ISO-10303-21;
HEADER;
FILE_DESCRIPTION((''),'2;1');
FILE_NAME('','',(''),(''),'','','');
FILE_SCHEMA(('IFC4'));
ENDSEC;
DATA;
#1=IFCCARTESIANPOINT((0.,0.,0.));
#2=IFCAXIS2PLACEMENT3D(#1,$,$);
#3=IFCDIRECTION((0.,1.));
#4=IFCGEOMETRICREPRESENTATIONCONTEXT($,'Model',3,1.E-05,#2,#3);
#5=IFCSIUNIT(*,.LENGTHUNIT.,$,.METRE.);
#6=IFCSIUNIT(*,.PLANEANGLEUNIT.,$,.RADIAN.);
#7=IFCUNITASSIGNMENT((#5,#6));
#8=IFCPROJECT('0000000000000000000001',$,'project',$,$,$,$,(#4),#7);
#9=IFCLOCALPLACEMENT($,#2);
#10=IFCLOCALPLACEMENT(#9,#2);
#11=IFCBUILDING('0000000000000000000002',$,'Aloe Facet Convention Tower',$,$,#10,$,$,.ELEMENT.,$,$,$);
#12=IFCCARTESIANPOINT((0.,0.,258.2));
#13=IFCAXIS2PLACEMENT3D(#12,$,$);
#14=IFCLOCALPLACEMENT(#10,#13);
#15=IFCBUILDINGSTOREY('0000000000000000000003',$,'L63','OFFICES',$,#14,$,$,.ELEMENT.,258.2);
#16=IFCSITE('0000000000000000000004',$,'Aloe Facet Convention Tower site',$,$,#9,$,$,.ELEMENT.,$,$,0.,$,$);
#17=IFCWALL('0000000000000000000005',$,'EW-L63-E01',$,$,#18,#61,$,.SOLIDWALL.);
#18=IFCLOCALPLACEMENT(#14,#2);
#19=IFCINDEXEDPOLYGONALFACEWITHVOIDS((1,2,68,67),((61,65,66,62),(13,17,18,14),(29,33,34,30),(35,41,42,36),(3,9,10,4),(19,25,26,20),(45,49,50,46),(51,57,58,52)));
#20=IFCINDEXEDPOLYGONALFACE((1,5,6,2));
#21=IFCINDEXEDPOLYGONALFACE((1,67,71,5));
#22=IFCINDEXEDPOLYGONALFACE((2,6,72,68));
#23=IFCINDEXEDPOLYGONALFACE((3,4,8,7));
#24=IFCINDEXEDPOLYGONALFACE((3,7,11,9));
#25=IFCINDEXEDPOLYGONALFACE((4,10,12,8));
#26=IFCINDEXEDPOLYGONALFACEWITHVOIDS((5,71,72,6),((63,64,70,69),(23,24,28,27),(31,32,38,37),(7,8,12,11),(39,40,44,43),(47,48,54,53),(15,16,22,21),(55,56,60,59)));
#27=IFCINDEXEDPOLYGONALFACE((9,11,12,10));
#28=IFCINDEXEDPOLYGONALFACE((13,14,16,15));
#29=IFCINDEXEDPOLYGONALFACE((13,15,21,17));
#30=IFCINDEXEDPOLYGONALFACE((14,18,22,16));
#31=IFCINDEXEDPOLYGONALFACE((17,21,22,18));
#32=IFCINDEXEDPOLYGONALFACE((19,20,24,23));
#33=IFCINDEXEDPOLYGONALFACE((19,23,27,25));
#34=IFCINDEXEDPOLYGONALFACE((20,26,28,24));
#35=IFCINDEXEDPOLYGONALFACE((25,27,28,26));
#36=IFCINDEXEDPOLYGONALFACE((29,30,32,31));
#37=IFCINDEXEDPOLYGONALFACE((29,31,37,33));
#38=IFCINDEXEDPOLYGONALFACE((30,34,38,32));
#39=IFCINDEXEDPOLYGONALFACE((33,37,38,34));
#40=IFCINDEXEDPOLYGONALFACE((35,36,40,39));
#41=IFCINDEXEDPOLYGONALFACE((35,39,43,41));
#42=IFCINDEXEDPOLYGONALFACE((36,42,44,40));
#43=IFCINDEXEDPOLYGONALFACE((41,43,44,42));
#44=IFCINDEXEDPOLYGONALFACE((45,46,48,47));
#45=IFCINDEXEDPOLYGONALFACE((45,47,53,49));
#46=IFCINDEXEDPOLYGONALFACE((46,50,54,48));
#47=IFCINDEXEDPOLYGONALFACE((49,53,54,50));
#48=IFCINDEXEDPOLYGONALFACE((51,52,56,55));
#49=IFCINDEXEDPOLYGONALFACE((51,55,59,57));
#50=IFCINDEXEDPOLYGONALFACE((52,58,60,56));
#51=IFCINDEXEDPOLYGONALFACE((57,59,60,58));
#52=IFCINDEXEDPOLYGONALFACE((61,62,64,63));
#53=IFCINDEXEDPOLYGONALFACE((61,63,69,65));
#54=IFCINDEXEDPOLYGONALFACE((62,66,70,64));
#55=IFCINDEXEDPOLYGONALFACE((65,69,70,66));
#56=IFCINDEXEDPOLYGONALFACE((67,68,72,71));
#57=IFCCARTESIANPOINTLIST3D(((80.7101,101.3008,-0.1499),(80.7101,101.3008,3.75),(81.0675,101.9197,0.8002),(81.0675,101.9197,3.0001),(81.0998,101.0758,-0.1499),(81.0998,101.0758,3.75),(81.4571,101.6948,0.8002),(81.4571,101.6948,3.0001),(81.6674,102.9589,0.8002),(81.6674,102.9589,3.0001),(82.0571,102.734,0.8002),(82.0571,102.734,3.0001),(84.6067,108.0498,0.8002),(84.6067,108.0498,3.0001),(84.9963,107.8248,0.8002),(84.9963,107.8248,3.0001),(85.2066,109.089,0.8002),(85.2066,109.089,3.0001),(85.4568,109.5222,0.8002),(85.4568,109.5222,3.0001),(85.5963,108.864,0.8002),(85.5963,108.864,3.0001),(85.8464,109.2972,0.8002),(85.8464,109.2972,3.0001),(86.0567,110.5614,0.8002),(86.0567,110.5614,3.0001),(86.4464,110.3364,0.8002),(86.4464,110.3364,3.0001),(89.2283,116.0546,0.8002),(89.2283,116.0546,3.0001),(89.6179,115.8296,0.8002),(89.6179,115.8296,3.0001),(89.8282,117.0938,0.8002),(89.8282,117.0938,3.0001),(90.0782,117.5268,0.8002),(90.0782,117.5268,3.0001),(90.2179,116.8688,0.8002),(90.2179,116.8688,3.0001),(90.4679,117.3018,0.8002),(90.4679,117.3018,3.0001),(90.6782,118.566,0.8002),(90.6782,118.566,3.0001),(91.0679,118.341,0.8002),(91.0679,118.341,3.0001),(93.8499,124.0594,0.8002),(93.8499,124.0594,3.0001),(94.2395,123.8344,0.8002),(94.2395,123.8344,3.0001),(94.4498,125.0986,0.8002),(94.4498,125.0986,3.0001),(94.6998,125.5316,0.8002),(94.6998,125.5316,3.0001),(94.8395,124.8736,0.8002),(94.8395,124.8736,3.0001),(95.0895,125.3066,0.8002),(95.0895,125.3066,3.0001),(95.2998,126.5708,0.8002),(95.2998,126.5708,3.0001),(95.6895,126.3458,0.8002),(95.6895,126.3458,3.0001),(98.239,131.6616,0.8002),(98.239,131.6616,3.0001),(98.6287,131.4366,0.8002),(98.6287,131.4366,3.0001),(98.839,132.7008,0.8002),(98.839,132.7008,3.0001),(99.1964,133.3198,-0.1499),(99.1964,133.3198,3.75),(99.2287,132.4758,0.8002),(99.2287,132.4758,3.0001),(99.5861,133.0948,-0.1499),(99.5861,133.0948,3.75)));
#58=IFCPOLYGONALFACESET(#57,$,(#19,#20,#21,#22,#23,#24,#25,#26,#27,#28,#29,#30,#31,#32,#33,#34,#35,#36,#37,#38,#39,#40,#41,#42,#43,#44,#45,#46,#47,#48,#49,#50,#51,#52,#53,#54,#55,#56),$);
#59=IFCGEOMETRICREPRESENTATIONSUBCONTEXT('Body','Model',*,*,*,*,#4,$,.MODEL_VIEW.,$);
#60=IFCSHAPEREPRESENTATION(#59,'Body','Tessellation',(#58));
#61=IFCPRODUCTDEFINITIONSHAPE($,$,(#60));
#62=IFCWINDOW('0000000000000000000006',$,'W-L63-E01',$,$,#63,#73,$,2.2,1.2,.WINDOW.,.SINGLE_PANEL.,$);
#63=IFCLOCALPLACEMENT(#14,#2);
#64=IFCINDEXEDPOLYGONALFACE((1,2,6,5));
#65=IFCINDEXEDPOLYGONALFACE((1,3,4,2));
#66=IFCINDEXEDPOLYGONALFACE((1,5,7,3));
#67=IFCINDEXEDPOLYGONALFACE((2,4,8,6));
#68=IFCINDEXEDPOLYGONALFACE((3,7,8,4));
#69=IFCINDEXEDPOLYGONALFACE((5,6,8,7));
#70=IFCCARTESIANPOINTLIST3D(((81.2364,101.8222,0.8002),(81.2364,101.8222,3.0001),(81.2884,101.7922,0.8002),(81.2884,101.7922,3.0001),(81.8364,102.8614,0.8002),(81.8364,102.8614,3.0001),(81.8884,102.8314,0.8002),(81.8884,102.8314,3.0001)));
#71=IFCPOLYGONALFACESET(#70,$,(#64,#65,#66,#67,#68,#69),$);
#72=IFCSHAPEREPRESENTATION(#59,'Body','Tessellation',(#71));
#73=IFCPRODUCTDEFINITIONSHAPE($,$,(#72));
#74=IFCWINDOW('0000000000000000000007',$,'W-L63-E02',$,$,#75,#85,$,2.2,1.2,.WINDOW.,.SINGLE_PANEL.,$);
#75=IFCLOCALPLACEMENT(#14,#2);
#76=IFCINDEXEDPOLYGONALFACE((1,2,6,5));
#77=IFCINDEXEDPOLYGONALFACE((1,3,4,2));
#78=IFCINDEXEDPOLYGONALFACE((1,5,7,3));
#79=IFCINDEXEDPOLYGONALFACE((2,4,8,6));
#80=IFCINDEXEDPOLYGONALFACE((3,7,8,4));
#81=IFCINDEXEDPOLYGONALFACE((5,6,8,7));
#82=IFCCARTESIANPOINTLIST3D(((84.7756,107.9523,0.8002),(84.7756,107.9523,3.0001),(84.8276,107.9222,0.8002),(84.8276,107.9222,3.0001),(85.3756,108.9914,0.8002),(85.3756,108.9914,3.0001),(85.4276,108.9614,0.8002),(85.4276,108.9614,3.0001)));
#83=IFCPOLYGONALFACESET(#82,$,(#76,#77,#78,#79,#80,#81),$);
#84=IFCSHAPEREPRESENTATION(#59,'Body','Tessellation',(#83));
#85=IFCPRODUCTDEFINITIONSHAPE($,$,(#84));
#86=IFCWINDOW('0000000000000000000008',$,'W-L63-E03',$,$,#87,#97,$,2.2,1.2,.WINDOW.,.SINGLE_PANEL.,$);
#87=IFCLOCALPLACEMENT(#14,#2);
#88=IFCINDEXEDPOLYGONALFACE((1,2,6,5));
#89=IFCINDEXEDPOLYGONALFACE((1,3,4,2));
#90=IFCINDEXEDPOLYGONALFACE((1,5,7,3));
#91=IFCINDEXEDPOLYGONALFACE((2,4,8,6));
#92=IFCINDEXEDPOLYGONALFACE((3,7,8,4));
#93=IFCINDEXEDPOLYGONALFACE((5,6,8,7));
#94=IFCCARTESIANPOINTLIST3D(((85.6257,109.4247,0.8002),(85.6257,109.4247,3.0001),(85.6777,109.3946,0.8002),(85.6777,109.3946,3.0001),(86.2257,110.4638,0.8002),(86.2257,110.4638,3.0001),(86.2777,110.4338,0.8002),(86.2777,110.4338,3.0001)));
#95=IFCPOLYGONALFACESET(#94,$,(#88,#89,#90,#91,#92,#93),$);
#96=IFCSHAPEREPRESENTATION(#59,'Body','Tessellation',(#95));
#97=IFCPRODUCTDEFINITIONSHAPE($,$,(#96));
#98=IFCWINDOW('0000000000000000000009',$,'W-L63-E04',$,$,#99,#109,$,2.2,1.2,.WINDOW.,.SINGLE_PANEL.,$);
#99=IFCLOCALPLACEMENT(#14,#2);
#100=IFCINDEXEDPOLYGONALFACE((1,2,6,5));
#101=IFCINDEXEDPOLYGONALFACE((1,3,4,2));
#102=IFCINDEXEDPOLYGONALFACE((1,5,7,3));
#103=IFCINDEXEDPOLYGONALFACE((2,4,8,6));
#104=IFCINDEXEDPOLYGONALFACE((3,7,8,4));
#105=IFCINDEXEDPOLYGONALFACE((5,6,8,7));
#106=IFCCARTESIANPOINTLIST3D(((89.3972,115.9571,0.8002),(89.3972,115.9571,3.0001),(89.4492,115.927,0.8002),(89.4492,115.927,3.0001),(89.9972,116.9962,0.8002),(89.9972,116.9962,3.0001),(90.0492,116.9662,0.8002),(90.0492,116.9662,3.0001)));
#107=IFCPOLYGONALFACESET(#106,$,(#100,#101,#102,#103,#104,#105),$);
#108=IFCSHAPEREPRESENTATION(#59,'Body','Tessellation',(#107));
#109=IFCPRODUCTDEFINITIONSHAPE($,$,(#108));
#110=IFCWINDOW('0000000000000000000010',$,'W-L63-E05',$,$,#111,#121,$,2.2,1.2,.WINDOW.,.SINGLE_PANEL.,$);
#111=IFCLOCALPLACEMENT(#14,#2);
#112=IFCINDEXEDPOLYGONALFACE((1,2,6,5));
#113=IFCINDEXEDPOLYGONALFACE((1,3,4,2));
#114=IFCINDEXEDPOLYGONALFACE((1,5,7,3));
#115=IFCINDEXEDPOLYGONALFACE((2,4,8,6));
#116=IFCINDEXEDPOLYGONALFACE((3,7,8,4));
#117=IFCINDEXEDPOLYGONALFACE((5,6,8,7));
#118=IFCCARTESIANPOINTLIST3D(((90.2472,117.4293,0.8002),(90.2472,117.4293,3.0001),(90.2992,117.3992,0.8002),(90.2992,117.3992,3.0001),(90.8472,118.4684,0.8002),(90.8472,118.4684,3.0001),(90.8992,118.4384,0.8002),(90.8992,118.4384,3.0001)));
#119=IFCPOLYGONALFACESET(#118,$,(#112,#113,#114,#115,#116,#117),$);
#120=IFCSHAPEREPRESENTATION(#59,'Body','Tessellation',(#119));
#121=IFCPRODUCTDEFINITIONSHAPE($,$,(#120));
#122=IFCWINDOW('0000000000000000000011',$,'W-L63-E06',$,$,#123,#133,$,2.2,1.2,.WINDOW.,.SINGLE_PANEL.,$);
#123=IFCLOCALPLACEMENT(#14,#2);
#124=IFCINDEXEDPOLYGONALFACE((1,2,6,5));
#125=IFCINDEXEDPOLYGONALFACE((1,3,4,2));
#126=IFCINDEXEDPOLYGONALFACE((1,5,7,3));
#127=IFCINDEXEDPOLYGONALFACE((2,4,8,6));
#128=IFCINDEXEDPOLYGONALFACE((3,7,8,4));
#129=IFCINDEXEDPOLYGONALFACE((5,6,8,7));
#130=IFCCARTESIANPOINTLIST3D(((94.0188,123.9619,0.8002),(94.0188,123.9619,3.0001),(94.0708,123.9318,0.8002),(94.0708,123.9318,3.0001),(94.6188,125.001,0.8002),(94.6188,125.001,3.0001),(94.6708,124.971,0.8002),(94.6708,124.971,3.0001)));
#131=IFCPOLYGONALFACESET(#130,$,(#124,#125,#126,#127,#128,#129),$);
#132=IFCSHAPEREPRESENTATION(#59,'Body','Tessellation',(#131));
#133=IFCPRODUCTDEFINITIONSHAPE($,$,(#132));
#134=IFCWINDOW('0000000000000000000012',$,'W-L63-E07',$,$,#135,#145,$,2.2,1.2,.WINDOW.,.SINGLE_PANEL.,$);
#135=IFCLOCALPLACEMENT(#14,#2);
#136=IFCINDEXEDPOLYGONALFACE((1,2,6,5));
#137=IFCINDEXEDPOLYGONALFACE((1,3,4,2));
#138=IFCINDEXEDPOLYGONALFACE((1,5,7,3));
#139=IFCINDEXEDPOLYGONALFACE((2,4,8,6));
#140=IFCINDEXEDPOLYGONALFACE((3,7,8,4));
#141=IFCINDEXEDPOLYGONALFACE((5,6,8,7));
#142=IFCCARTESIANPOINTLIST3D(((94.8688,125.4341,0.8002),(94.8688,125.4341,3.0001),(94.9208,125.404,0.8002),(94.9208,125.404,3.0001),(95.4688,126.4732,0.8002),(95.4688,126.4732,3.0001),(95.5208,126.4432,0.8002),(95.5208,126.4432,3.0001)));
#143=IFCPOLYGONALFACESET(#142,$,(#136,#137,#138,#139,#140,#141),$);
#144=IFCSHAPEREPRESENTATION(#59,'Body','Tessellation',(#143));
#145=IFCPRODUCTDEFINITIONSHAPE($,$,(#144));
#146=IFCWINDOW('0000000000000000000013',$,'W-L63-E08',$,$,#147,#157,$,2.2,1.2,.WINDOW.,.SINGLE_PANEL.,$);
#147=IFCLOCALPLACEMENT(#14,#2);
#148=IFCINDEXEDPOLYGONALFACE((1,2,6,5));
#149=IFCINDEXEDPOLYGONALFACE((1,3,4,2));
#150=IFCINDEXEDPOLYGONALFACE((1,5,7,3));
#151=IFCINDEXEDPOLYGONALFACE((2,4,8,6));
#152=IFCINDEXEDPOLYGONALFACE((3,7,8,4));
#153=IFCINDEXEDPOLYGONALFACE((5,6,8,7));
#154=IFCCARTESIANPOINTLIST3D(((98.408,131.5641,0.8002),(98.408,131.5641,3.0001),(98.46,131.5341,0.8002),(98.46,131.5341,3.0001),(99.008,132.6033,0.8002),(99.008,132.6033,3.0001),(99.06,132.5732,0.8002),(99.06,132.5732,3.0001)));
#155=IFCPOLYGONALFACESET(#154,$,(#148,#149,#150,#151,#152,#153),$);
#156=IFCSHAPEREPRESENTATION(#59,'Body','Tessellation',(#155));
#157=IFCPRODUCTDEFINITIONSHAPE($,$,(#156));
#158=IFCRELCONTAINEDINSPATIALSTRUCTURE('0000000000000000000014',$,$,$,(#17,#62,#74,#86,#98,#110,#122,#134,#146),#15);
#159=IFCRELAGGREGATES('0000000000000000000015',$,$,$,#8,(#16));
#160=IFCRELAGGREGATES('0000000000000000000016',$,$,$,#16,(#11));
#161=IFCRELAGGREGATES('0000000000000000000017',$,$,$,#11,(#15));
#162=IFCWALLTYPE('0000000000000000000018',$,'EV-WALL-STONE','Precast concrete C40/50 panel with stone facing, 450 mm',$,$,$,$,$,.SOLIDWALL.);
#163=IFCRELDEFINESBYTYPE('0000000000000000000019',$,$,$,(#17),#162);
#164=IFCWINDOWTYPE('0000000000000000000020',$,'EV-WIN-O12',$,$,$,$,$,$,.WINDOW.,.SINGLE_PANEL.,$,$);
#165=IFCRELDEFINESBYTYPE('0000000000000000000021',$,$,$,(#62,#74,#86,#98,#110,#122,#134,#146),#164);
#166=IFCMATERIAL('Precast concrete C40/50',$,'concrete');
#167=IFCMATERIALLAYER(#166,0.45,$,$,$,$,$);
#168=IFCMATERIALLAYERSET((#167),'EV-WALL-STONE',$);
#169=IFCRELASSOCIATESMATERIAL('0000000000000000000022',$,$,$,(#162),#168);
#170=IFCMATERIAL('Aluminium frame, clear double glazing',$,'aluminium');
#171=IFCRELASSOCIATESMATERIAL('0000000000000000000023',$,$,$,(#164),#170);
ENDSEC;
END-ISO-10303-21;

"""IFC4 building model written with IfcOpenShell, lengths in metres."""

from ifc_helpers import new_model, si_unit, direction, frame, frame_2d, origin, place, context, subcontext, project, spatial, polyline, rectangle, outline, extrude, material, layer, layer_set, type_object, element, fill, save


model = new_model("IFC4")

# Units and contexts
model_context = context("Model", 3, precision=1e-05, world=origin(), true_north=direction((0.0, 1.0)))
body_context = subcontext(model_context, "Body", "Model", "MODEL_VIEW")
ifc_project = project(units=[si_unit("LENGTHUNIT", "METRE"), si_unit("PLANEANGLEUNIT", "RADIAN")], contexts=[model_context])

# Site, building, storey
site_placement = place(None, origin())
site = spatial("IfcSite", under=ifc_project, at=site_placement, Name="Aloe Facet Convention Tower site", CompositionType="ELEMENT", RefElevation=0.0)
building_placement = place(site_placement, origin())
building = spatial("IfcBuilding", under=site, at=building_placement, Name="Aloe Facet Convention Tower", CompositionType="ELEMENT")
storey_placement = place(building_placement, frame((0.0, 0.0, 258.2)))
storey = spatial("IfcBuildingStorey", under=building, at=storey_placement, Name="L63", Description="OFFICES", CompositionType="ELEMENT", Elevation=258.2)

# Wall, openings, windows
ifc_material_1 = material(Name="Precast concrete C40/50", Category="concrete")
ifc_layer_1 = layer(ifc_material_1, 0.45)
ifc_layer_set_1 = layer_set([ifc_layer_1], Name="EV-WALL-STONE")
wall_type_1 = type_object("IfcWallType", Name="EV-WALL-STONE", Description="Precast concrete C40/50 panel with stone facing, 450 mm", PredefinedType="SOLIDWALL", material=ifc_layer_set_1)
wall_1_placement = place(storey_placement, frame((80.905, 101.1882, -0.1499), z_axis=(0.0, 0.0, 1.0), x_axis=(0.500003, 0.866024, 0.0)))
wall_1 = element("IfcWall", 1, at=wall_1_placement, inside=storey, type_object=wall_type_1, Name="EW-L63-E01", PredefinedType="SOLIDWALL", context=body_context, shape_type="SweptSolid", body=[
    extrude(outline(polyline([(36.9724, 0.0), (36.9724, 3.8999), (0.0, 3.8999), (0.0, 0.0), (36.9724, 0.0)])), frame((0.0, 0.2251, 0.0), z_axis=(0.0, -1.0, 0.0), x_axis=(1.0, 0.0, 0.0)), (0.0, 0.0, 1.0), 0.45),
])
opening_1_placement = place(wall_1_placement, frame((0.7146, 0.0, 0.95)))
opening_1 = element("IfcOpeningElement", 2, at=opening_1_placement, cuts=wall_1, PredefinedType="OPENING", context=body_context, shape_type="SweptSolid", body=[
    extrude(rectangle(XDim=1.2, YDim=2.2, at=frame_2d((0.6001, 1.1001))), frame((0.0, 0.2349, 0.0), z_axis=(0.0, -1.0, 0.0), x_axis=(1.0, 0.0, 0.0)), (0.0, 0.0, 1.0), 0.47),
])
opening_2_placement = place(wall_1_placement, frame((7.793, 0.0, 0.95)))
opening_2 = element("IfcOpeningElement", 3, at=opening_2_placement, cuts=wall_1, PredefinedType="OPENING", context=body_context, shape_type="SweptSolid", body=[
    extrude(rectangle(XDim=1.2, YDim=2.2, at=frame_2d((0.6001, 1.1001))), frame((0.0, 0.2349, 0.0), z_axis=(0.0, -1.0, 0.0), x_axis=(1.0, 0.0, 0.0)), (0.0, 0.0, 1.0), 0.47),
])
opening_3_placement = place(wall_1_placement, frame((9.4932, 0.0, 0.95)))
opening_3 = element("IfcOpeningElement", 4, at=opening_3_placement, cuts=wall_1, PredefinedType="OPENING", context=body_context, shape_type="SweptSolid", body=[
    extrude(rectangle(XDim=1.2, YDim=2.2, at=frame_2d((0.6001, 1.1001))), frame((0.0, 0.2349, 0.0), z_axis=(0.0, -1.0, 0.0), x_axis=(1.0, 0.0, 0.0)), (0.0, 0.0, 1.0), 0.47),
])
opening_4_placement = place(wall_1_placement, frame((17.0361, 0.0, 0.95)))
opening_4 = element("IfcOpeningElement", 5, at=opening_4_placement, cuts=wall_1, PredefinedType="OPENING", context=body_context, shape_type="SweptSolid", body=[
    extrude(rectangle(XDim=1.2, YDim=2.2, at=frame_2d((0.6001, 1.1001))), frame((0.0, 0.2349, 0.0), z_axis=(0.0, -1.0, 0.0), x_axis=(1.0, 0.0, 0.0)), (0.0, 0.0, 1.0), 0.47),
])
opening_5_placement = place(wall_1_placement, frame((18.7361, 0.0, 0.95)))
opening_5 = element("IfcOpeningElement", 6, at=opening_5_placement, cuts=wall_1, PredefinedType="OPENING", context=body_context, shape_type="SweptSolid", body=[
    extrude(rectangle(XDim=1.2, YDim=2.2, at=frame_2d((0.6001, 1.1001))), frame((0.0, 0.2349, 0.0), z_axis=(0.0, -1.0, 0.0), x_axis=(1.0, 0.0, 0.0)), (0.0, 0.0, 1.0), 0.47),
])
opening_6_placement = place(wall_1_placement, frame((26.2793, 0.0, 0.95)))
opening_6 = element("IfcOpeningElement", 7, at=opening_6_placement, cuts=wall_1, PredefinedType="OPENING", context=body_context, shape_type="SweptSolid", body=[
    extrude(rectangle(XDim=1.2, YDim=2.2, at=frame_2d((0.6001, 1.1001))), frame((0.0, 0.2349, 0.0), z_axis=(0.0, -1.0, 0.0), x_axis=(1.0, 0.0, 0.0)), (0.0, 0.0, 1.0), 0.47),
])
opening_7_placement = place(wall_1_placement, frame((27.9792, 0.0, 0.95)))
opening_7 = element("IfcOpeningElement", 8, at=opening_7_placement, cuts=wall_1, PredefinedType="OPENING", context=body_context, shape_type="SweptSolid", body=[
    extrude(rectangle(XDim=1.2, YDim=2.2, at=frame_2d((0.6001, 1.1001))), frame((0.0, 0.2349, 0.0), z_axis=(0.0, -1.0, 0.0), x_axis=(1.0, 0.0, 0.0)), (0.0, 0.0, 1.0), 0.47),
])
opening_8_placement = place(wall_1_placement, frame((35.0576, 0.0, 0.95)))
opening_8 = element("IfcOpeningElement", 9, at=opening_8_placement, cuts=wall_1, PredefinedType="OPENING", context=body_context, shape_type="SweptSolid", body=[
    extrude(rectangle(XDim=1.2, YDim=2.2, at=frame_2d((0.6001, 1.1001))), frame((0.0, 0.2349, 0.0), z_axis=(0.0, -1.0, 0.0), x_axis=(1.0, 0.0, 0.0)), (0.0, 0.0, 1.0), 0.47),
])
ifc_material_2 = material(Name="Aluminium frame, clear double glazing", Category="aluminium")
window_type = type_object("IfcWindowType", Name="EV-WIN-O12", PartitioningType="SINGLE_PANEL", PredefinedType="WINDOW", material=ifc_material_2)
window_1_placement = place(opening_1_placement, origin())
window_1 = element("IfcWindow", 10, at=window_1_placement, inside=storey, type_object=window_type, Name="W-L63-E01", OverallHeight=2.2, OverallWidth=1.2, PartitioningType="SINGLE_PANEL", PredefinedType="WINDOW", context=body_context, shape_type="SweptSolid", body=[
    extrude(rectangle(XDim=1.2, YDim=2.2, at=frame_2d((0.6001, 1.1001))), frame((0.0, 0.03, 0.0), z_axis=(0.0, -1.0, 0.0), x_axis=(1.0, 0.0, 0.0)), (0.0, 0.0, 1.0), 0.0601),
])
fill(opening_1, window_1)
window_2_placement = place(opening_2_placement, origin())
window_2 = element("IfcWindow", 11, at=window_2_placement, inside=storey, type_object=window_type, Name="W-L63-E02", OverallHeight=2.2, OverallWidth=1.2, PartitioningType="SINGLE_PANEL", PredefinedType="WINDOW", context=body_context, shape_type="SweptSolid", body=[
    extrude(rectangle(XDim=1.2, YDim=2.2, at=frame_2d((0.6001, 1.1001))), frame((0.0, 0.03, 0.0), z_axis=(0.0, -1.0, 0.0), x_axis=(1.0, 0.0, 0.0)), (0.0, 0.0, 1.0), 0.0601),
])
fill(opening_2, window_2)
window_3_placement = place(opening_3_placement, origin())
window_3 = element("IfcWindow", 12, at=window_3_placement, inside=storey, type_object=window_type, Name="W-L63-E03", OverallHeight=2.2, OverallWidth=1.2, PartitioningType="SINGLE_PANEL", PredefinedType="WINDOW", context=body_context, shape_type="SweptSolid", body=[
    extrude(rectangle(XDim=1.2, YDim=2.2, at=frame_2d((0.6001, 1.1001))), frame((0.0, 0.03, 0.0), z_axis=(0.0, -1.0, 0.0), x_axis=(1.0, 0.0, 0.0)), (0.0, 0.0, 1.0), 0.0601),
])
fill(opening_3, window_3)
window_4_placement = place(opening_4_placement, origin())
window_4 = element("IfcWindow", 13, at=window_4_placement, inside=storey, type_object=window_type, Name="W-L63-E04", OverallHeight=2.2, OverallWidth=1.2, PartitioningType="SINGLE_PANEL", PredefinedType="WINDOW", context=body_context, shape_type="SweptSolid", body=[
    extrude(rectangle(XDim=1.2, YDim=2.2, at=frame_2d((0.6001, 1.1001))), frame((0.0, 0.03, 0.0), z_axis=(0.0, -1.0, 0.0), x_axis=(1.0, 0.0, 0.0)), (0.0, 0.0, 1.0), 0.0601),
])
fill(opening_4, window_4)
window_5_placement = place(opening_5_placement, origin())
window_5 = element("IfcWindow", 14, at=window_5_placement, inside=storey, type_object=window_type, Name="W-L63-E05", OverallHeight=2.2, OverallWidth=1.2, PartitioningType="SINGLE_PANEL", PredefinedType="WINDOW", context=body_context, shape_type="SweptSolid", body=[
    extrude(rectangle(XDim=1.2, YDim=2.2, at=frame_2d((0.6001, 1.1001))), frame((0.0, 0.03, 0.0), z_axis=(0.0, -1.0, 0.0), x_axis=(1.0, 0.0, 0.0)), (0.0, 0.0, 1.0), 0.0601),
])
fill(opening_5, window_5)
window_6_placement = place(opening_6_placement, origin())
window_6 = element("IfcWindow", 15, at=window_6_placement, inside=storey, type_object=window_type, Name="W-L63-E06", OverallHeight=2.2, OverallWidth=1.2, PartitioningType="SINGLE_PANEL", PredefinedType="WINDOW", context=body_context, shape_type="SweptSolid", body=[
    extrude(rectangle(XDim=1.2, YDim=2.2, at=frame_2d((0.6001, 1.1001))), frame((0.0, 0.03, 0.0), z_axis=(0.0, -1.0, 0.0), x_axis=(1.0, 0.0, 0.0)), (0.0, 0.0, 1.0), 0.0601),
])
fill(opening_6, window_6)
window_7_placement = place(opening_7_placement, origin())
window_7 = element("IfcWindow", 16, at=window_7_placement, inside=storey, type_object=window_type, Name="W-L63-E07", OverallHeight=2.2, OverallWidth=1.2, PartitioningType="SINGLE_PANEL", PredefinedType="WINDOW", context=body_context, shape_type="SweptSolid", body=[
    extrude(rectangle(XDim=1.2, YDim=2.2, at=frame_2d((0.6001, 1.1001))), frame((0.0, 0.03, 0.0), z_axis=(0.0, -1.0, 0.0), x_axis=(1.0, 0.0, 0.0)), (0.0, 0.0, 1.0), 0.0601),
])
fill(opening_7, window_7)
window_8_placement = place(opening_8_placement, origin())
window_8 = element("IfcWindow", 17, at=window_8_placement, inside=storey, type_object=window_type, Name="W-L63-E08", OverallHeight=2.2, OverallWidth=1.2, PartitioningType="SINGLE_PANEL", PredefinedType="WINDOW", context=body_context, shape_type="SweptSolid", body=[
    extrude(rectangle(XDim=1.2, YDim=2.2, at=frame_2d((0.6001, 1.1001))), frame((0.0, 0.03, 0.0), z_axis=(0.0, -1.0, 0.0), x_axis=(1.0, 0.0, 0.0)), (0.0, 0.0, 1.0), 0.0601),
])
fill(opening_8, window_8)

save(model, "model.ifc")
